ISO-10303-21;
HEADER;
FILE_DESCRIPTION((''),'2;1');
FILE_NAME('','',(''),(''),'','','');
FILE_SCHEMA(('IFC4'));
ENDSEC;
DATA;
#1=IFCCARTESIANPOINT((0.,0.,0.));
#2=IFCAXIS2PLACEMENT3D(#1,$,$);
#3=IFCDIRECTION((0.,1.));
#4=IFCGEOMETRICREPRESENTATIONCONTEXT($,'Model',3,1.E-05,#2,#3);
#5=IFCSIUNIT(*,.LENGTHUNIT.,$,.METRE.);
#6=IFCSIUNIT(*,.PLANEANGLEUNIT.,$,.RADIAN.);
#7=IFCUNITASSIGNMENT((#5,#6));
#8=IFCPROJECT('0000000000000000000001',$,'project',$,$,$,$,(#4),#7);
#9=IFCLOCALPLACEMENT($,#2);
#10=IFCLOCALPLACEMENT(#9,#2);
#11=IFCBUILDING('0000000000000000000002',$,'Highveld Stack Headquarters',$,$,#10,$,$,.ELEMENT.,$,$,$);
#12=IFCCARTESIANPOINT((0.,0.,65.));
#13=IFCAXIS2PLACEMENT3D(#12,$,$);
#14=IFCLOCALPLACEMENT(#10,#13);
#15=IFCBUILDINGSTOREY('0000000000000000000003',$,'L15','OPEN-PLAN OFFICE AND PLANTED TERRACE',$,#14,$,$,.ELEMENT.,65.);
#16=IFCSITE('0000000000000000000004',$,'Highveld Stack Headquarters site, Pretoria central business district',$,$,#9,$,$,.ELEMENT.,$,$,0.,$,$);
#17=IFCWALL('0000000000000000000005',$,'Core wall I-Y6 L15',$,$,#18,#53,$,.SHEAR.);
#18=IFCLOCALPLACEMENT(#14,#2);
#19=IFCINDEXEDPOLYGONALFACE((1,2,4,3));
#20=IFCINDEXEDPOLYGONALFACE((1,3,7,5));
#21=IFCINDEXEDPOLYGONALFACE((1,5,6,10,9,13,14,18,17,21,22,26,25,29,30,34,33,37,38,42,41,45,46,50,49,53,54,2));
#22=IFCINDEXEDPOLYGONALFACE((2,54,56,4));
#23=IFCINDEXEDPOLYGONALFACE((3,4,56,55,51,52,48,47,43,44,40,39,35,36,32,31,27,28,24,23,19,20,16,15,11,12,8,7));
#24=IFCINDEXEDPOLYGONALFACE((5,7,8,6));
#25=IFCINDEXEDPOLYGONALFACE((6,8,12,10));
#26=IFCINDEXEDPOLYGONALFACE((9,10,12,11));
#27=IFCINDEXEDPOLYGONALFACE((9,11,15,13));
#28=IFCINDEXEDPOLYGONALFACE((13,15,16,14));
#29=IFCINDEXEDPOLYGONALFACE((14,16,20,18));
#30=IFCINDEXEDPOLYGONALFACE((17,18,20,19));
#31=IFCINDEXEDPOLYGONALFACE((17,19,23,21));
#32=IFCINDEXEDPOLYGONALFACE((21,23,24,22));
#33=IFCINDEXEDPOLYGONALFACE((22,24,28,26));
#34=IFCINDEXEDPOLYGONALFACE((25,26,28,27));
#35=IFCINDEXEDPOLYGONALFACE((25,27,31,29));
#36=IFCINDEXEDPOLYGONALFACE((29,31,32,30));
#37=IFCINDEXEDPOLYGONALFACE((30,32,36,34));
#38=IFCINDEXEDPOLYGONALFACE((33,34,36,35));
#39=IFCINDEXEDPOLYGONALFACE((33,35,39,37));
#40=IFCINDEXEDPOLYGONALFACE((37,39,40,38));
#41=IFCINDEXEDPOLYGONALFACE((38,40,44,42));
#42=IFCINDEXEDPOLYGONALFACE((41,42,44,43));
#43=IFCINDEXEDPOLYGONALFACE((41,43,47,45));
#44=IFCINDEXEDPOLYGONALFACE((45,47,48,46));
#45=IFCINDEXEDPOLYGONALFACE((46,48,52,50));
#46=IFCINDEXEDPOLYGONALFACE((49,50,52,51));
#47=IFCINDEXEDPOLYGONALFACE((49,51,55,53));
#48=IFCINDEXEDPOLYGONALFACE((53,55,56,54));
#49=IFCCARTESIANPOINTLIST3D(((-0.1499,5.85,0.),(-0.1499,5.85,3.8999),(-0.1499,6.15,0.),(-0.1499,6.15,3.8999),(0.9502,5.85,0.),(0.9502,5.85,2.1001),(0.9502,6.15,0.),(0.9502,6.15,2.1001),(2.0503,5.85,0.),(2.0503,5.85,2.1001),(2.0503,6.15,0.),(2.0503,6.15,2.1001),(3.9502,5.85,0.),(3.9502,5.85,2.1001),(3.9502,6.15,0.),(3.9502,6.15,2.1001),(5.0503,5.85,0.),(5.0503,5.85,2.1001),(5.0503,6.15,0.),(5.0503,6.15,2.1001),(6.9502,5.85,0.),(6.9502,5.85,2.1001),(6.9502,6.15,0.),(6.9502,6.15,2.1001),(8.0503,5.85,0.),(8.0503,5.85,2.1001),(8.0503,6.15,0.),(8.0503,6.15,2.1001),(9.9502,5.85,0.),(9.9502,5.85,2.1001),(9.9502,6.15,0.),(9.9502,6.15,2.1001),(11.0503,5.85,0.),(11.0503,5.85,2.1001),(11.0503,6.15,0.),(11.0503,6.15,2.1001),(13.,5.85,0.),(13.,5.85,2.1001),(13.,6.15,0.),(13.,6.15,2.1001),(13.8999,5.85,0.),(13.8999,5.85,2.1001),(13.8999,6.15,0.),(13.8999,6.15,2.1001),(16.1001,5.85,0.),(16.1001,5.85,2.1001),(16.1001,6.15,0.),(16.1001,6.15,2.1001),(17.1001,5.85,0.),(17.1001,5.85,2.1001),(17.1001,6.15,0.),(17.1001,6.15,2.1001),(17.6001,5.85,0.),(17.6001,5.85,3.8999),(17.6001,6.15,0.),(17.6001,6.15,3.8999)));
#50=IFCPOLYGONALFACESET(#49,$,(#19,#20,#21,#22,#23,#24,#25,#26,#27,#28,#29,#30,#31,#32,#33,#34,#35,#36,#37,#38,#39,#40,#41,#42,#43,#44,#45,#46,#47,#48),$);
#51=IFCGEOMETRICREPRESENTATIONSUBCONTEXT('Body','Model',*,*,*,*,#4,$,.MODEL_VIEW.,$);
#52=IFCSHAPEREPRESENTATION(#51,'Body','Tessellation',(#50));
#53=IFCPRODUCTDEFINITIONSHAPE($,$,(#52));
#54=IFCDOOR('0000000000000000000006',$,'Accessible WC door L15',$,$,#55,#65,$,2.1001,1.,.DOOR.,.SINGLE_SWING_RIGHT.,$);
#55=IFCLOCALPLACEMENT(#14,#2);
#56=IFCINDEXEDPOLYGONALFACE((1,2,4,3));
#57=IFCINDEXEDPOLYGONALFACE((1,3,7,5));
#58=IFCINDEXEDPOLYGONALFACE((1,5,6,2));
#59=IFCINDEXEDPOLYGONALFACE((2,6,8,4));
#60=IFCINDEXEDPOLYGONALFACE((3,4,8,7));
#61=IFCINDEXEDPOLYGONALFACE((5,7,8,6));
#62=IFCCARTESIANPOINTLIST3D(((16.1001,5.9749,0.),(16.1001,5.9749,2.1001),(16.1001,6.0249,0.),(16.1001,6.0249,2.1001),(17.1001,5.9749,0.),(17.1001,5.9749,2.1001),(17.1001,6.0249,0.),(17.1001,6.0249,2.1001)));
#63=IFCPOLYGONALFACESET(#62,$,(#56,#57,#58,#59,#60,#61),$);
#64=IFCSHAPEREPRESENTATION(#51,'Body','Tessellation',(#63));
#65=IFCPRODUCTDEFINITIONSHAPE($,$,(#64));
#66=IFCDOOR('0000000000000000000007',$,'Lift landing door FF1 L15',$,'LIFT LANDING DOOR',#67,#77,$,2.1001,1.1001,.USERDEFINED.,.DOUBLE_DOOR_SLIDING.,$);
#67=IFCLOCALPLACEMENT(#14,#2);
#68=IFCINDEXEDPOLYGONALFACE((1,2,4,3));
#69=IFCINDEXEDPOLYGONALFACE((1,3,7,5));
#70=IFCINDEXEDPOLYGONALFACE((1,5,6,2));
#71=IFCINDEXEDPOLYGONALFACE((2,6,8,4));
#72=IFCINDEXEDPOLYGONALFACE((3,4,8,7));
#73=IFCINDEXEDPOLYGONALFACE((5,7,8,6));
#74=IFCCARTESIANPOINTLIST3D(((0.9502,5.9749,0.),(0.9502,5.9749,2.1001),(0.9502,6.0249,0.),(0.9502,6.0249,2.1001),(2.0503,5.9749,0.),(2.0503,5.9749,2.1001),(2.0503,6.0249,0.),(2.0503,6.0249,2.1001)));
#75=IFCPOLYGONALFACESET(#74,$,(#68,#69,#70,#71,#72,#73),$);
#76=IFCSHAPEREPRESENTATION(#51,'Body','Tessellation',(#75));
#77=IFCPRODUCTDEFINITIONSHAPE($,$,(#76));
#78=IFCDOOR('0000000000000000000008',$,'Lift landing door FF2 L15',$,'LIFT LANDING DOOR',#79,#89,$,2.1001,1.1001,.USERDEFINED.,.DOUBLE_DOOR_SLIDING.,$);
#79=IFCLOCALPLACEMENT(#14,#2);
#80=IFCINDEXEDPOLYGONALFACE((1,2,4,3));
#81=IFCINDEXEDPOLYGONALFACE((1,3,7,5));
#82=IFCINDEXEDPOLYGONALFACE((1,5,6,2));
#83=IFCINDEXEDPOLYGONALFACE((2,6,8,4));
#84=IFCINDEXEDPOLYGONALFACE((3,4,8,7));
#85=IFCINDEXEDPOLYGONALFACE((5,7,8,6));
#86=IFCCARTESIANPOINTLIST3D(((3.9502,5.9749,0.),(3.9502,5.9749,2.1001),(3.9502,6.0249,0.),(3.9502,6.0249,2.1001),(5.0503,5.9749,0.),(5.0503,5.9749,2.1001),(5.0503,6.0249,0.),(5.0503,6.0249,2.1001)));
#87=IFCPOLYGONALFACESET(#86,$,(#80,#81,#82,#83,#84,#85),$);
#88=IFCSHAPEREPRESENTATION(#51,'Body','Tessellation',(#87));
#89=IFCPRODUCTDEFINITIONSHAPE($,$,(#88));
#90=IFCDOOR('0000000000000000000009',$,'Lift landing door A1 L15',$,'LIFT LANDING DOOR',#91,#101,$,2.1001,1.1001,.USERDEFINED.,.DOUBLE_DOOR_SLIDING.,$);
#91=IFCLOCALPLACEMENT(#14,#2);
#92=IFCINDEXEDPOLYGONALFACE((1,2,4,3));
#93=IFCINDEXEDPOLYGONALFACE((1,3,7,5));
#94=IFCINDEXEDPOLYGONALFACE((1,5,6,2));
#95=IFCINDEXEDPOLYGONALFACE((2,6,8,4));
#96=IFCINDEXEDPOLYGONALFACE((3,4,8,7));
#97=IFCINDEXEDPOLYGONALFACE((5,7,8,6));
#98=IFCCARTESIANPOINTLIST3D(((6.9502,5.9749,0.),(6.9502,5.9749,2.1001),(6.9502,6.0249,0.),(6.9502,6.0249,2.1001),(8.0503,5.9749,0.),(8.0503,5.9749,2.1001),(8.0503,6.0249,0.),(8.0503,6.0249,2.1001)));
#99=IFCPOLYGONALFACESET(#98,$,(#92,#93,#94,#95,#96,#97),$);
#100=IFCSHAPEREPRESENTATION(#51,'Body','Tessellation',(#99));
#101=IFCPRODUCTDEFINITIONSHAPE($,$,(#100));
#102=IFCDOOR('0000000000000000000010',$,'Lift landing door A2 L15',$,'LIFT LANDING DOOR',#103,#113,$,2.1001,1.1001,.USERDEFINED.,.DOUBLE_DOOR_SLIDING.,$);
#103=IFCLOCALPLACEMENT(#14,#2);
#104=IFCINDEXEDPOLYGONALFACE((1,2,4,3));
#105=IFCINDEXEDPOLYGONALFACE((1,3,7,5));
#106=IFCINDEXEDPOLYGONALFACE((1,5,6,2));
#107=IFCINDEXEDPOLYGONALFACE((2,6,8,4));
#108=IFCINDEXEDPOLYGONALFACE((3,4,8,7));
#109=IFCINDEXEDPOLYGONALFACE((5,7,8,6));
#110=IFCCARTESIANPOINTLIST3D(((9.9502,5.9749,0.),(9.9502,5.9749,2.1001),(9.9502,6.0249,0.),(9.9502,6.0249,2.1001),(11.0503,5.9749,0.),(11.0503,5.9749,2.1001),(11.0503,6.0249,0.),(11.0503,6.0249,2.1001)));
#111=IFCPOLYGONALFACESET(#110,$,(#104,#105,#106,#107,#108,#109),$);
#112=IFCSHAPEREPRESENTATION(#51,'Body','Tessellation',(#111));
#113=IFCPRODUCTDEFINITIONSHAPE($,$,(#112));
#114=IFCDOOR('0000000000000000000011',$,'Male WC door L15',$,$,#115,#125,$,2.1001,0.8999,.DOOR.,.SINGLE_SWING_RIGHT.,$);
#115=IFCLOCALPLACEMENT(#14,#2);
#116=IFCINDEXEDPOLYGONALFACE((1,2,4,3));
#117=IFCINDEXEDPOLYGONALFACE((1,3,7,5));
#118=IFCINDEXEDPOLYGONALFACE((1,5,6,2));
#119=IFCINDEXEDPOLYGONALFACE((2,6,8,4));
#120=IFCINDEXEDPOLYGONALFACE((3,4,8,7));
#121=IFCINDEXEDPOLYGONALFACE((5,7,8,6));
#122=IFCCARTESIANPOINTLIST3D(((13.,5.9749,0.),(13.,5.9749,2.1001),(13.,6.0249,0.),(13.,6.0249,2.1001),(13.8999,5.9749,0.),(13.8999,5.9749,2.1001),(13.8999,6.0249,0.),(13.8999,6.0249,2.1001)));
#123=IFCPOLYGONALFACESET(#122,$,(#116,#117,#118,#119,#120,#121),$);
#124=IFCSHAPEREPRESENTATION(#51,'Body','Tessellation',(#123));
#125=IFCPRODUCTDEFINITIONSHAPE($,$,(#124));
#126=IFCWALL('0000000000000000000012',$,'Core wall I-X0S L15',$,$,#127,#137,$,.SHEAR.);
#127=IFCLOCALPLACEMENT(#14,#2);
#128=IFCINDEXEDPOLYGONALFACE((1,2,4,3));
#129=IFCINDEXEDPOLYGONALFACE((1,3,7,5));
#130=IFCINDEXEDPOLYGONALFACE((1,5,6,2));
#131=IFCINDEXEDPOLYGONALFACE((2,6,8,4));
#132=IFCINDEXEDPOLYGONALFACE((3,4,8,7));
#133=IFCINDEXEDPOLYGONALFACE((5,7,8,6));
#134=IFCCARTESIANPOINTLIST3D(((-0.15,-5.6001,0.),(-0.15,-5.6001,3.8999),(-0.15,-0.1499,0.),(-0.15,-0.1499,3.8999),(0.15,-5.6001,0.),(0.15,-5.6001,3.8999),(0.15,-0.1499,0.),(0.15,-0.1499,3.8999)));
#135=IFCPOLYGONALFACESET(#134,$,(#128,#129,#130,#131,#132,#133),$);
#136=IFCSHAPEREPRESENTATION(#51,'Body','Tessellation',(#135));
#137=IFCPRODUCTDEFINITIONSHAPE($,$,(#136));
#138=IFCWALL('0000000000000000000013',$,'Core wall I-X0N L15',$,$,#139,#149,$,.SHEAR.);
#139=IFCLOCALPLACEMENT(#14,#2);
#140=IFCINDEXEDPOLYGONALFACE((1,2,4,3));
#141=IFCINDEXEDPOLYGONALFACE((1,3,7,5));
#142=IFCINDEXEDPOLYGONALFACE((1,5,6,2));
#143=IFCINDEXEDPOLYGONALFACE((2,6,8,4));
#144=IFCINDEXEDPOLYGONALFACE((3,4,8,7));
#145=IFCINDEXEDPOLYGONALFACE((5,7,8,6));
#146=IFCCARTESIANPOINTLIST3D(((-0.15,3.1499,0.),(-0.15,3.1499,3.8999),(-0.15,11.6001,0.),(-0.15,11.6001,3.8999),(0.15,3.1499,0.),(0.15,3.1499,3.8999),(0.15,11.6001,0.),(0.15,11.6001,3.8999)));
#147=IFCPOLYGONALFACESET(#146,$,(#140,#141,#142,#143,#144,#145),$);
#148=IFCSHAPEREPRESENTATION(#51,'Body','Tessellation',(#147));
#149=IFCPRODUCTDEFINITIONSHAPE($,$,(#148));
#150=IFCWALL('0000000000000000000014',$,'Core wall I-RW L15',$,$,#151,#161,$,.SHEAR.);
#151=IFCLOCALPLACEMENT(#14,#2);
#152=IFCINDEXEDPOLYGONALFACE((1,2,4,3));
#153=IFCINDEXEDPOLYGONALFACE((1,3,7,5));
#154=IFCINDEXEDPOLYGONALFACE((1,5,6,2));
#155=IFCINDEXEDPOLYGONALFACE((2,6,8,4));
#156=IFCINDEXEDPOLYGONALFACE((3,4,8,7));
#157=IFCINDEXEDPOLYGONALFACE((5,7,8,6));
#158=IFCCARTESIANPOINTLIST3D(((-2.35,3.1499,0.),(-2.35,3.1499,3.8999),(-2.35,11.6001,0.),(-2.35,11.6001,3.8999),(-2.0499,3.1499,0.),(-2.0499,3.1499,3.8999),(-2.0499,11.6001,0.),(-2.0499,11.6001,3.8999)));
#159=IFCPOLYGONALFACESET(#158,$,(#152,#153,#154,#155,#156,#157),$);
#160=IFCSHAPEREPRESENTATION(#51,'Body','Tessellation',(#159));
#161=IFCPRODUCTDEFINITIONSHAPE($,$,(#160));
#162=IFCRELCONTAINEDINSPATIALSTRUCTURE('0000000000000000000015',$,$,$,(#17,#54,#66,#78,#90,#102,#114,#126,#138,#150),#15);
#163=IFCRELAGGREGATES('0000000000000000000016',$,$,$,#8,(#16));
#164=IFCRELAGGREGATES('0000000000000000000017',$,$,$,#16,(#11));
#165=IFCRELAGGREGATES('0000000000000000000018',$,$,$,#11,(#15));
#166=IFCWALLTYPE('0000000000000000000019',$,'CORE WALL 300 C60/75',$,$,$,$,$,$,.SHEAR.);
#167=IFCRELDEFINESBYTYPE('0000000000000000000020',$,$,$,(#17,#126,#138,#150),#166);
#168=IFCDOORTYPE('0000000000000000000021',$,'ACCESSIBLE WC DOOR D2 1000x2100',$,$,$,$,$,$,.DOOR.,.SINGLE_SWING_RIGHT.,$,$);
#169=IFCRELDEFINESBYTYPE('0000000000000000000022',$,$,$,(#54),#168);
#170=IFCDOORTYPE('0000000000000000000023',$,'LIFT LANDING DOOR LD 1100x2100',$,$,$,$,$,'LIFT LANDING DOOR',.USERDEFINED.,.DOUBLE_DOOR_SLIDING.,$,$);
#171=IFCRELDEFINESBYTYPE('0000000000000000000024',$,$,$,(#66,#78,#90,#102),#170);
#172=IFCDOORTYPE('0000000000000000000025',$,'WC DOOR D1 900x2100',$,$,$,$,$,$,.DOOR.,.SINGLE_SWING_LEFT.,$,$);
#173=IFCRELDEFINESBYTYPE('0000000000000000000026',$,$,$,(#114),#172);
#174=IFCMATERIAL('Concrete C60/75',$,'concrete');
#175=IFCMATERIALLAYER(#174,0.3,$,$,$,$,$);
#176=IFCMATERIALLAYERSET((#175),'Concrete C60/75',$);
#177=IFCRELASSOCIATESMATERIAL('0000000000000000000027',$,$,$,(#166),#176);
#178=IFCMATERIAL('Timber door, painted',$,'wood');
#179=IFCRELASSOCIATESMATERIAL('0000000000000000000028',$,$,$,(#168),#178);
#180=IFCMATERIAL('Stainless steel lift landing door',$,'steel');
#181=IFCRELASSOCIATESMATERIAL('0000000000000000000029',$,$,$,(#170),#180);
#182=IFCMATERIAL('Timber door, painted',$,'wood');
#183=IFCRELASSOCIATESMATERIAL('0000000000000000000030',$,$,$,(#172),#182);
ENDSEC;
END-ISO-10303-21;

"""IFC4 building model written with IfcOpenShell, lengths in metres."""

from ifc_helpers import new_model, si_unit, direction, frame, frame_2d, origin, place, context, subcontext, project, spatial, rectangle, extrude, material, layer, layer_set, type_object, element, fill, save


model = new_model("IFC4")

# Units and contexts
model_context = context("Model", 3, precision=1e-05, world=origin(), true_north=direction((0.0, 1.0)))
body_context = subcontext(model_context, "Body", "Model", "MODEL_VIEW")
ifc_project = project(units=[si_unit("LENGTHUNIT", "METRE"), si_unit("PLANEANGLEUNIT", "RADIAN")], contexts=[model_context])

# Site, building, storey
site_placement = place(None, origin())
site = spatial("IfcSite", under=ifc_project, at=site_placement, Name="Highveld Stack Headquarters site, Pretoria central business district", CompositionType="ELEMENT", RefElevation=0.0)
building_placement = place(site_placement, origin())
building = spatial("IfcBuilding", under=site, at=building_placement, Name="Highveld Stack Headquarters", CompositionType="ELEMENT")
storey_placement = place(building_placement, frame((0.0, 0.0, 65.0)))
storey = spatial("IfcBuildingStorey", under=building, at=storey_placement, Name="L15", Description="OPEN-PLAN OFFICE AND PLANTED TERRACE", CompositionType="ELEMENT", Elevation=65.0)

# Wall, openings, doors
ifc_material_1 = material(Name="Concrete C60/75", Category="concrete")
ifc_layer_1 = layer(ifc_material_1, 0.3)
ifc_layer_set_1 = layer_set([ifc_layer_1], Name="Concrete C60/75")
wall_type_1 = type_object("IfcWallType", Name="CORE WALL 300 C60/75", PredefinedType="SHEAR", material=ifc_layer_set_1)
wall_1_placement = place(storey_placement, frame((-0.1499, 6.0, 0.0), z_axis=(0.0, 0.0, 1.0), x_axis=(1.0, 0.0, 0.0)))
wall_1 = element("IfcWall", 1, at=wall_1_placement, inside=storey, type_object=wall_type_1, Name="Core wall I-Y6 L15", PredefinedType="SHEAR", context=body_context, shape_type="SweptSolid", body=[
    extrude(rectangle(XDim=17.75, YDim=0.3, at=frame_2d((8.875, 0.0))), origin(), (0.0, 0.0, 1.0), 3.8999),
])
opening_1_placement = place(wall_1_placement, frame((13.1499, 0.0, 0.0)))
opening_1 = element("IfcOpeningElement", 2, at=opening_1_placement, cuts=wall_1, PredefinedType="OPENING", context=body_context, shape_type="SweptSolid", body=[
    extrude(rectangle(XDim=0.8999, YDim=2.1001, at=frame_2d((0.45, 1.05))), frame((0.0, 0.1599, 0.0), z_axis=(0.0, -1.0, 0.0), x_axis=(1.0, 0.0, 0.0)), (0.0, 0.0, 1.0), 0.3201),
])
opening_2_placement = place(wall_1_placement, frame((16.25, 0.0, 0.0)))
opening_2 = element("IfcOpeningElement", 3, at=opening_2_placement, cuts=wall_1, PredefinedType="OPENING", context=body_context, shape_type="SweptSolid", body=[
    extrude(rectangle(XDim=1.0, YDim=2.1001, at=frame_2d((0.5, 1.05))), frame((0.0, 0.1599, 0.0), z_axis=(0.0, -1.0, 0.0), x_axis=(1.0, 0.0, 0.0)), (0.0, 0.0, 1.0), 0.3201),
])
opening_3_placement = place(wall_1_placement, frame((1.1001, 0.0, 0.0)))
opening_3 = element("IfcOpeningElement", 4, at=opening_3_placement, cuts=wall_1, PredefinedType="OPENING", context=body_context, shape_type="SweptSolid", body=[
    extrude(rectangle(XDim=1.1001, YDim=2.1001, at=frame_2d((0.55, 1.05))), frame((0.0, 0.1599, 0.0), z_axis=(0.0, -1.0, 0.0), x_axis=(1.0, 0.0, 0.0)), (0.0, 0.0, 1.0), 0.3201),
])
opening_4_placement = place(wall_1_placement, frame((4.1001, 0.0, 0.0)))
opening_4 = element("IfcOpeningElement", 5, at=opening_4_placement, cuts=wall_1, PredefinedType="OPENING", context=body_context, shape_type="SweptSolid", body=[
    extrude(rectangle(XDim=1.1001, YDim=2.1001, at=frame_2d((0.55, 1.05))), frame((0.0, 0.1599, 0.0), z_axis=(0.0, -1.0, 0.0), x_axis=(1.0, 0.0, 0.0)), (0.0, 0.0, 1.0), 0.3201),
])
opening_5_placement = place(wall_1_placement, frame((7.1001, 0.0, 0.0)))
opening_5 = element("IfcOpeningElement", 6, at=opening_5_placement, cuts=wall_1, PredefinedType="OPENING", context=body_context, shape_type="SweptSolid", body=[
    extrude(rectangle(XDim=1.1001, YDim=2.1001, at=frame_2d((0.55, 1.05))), frame((0.0, 0.1599, 0.0), z_axis=(0.0, -1.0, 0.0), x_axis=(1.0, 0.0, 0.0)), (0.0, 0.0, 1.0), 0.3201),
])
opening_6_placement = place(wall_1_placement, frame((10.1001, 0.0, 0.0)))
opening_6 = element("IfcOpeningElement", 7, at=opening_6_placement, cuts=wall_1, PredefinedType="OPENING", context=body_context, shape_type="SweptSolid", body=[
    extrude(rectangle(XDim=1.1001, YDim=2.1001, at=frame_2d((0.55, 1.05))), frame((0.0, 0.1599, 0.0), z_axis=(0.0, -1.0, 0.0), x_axis=(1.0, 0.0, 0.0)), (0.0, 0.0, 1.0), 0.3201),
])
ifc_material_2 = material(Name="Timber door, painted", Category="wood")
door_type_1 = type_object("IfcDoorType", Name="ACCESSIBLE WC DOOR D2 1000x2100", OperationType="SINGLE_SWING_RIGHT", PredefinedType="DOOR", material=ifc_material_2)
door_1_placement = place(opening_2_placement, origin())
door_1 = element("IfcDoor", 8, at=door_1_placement, inside=storey, type_object=door_type_1, Name="Accessible WC door L15", OperationType="SINGLE_SWING_RIGHT", OverallHeight=2.1001, OverallWidth=1.0, PredefinedType="DOOR", context=body_context, shape_type="SweptSolid", body=[
    extrude(rectangle(XDim=1.0, YDim=2.1001, at=frame_2d((0.5, 1.05))), frame((0.0, 0.0249, 0.0), z_axis=(0.0, -1.0, 0.0), x_axis=(1.0, 0.0, 0.0)), (0.0, 0.0, 1.0), 0.05),
])
fill(opening_2, door_1)
ifc_material_3 = material(Name="Stainless steel lift landing door", Category="steel")
door_type_2 = type_object("IfcDoorType", Name="LIFT LANDING DOOR LD 1100x2100", ElementType="LIFT LANDING DOOR", OperationType="DOUBLE_DOOR_SLIDING", PredefinedType="USERDEFINED", material=ifc_material_3)
door_2_placement = place(opening_3_placement, origin())
door_2 = element("IfcDoor", 9, at=door_2_placement, inside=storey, type_object=door_type_2, Name="Lift landing door FF1 L15", ObjectType="LIFT LANDING DOOR", OperationType="DOUBLE_DOOR_SLIDING", OverallHeight=2.1001, OverallWidth=1.1001, PredefinedType="USERDEFINED", context=body_context, shape_type="SweptSolid", body=[
    extrude(rectangle(XDim=1.1001, YDim=2.1001, at=frame_2d((0.55, 1.05))), frame((0.0, 0.0249, 0.0), z_axis=(0.0, -1.0, 0.0), x_axis=(1.0, 0.0, 0.0)), (0.0, 0.0, 1.0), 0.05),
])
fill(opening_3, door_2)
door_3_placement = place(opening_4_placement, origin())
door_3 = element("IfcDoor", 10, at=door_3_placement, inside=storey, type_object=door_type_2, Name="Lift landing door FF2 L15", ObjectType="LIFT LANDING DOOR", OperationType="DOUBLE_DOOR_SLIDING", OverallHeight=2.1001, OverallWidth=1.1001, PredefinedType="USERDEFINED", context=body_context, shape_type="SweptSolid", body=[
    extrude(rectangle(XDim=1.1001, YDim=2.1001, at=frame_2d((0.55, 1.05))), frame((0.0, 0.0249, 0.0), z_axis=(0.0, -1.0, 0.0), x_axis=(1.0, 0.0, 0.0)), (0.0, 0.0, 1.0), 0.05),
])
fill(opening_4, door_3)
door_4_placement = place(opening_5_placement, origin())
door_4 = element("IfcDoor", 11, at=door_4_placement, inside=storey, type_object=door_type_2, Name="Lift landing door A1 L15", ObjectType="LIFT LANDING DOOR", OperationType="DOUBLE_DOOR_SLIDING", OverallHeight=2.1001, OverallWidth=1.1001, PredefinedType="USERDEFINED", context=body_context, shape_type="SweptSolid", body=[
    extrude(rectangle(XDim=1.1001, YDim=2.1001, at=frame_2d((0.55, 1.05))), frame((0.0, 0.0249, 0.0), z_axis=(0.0, -1.0, 0.0), x_axis=(1.0, 0.0, 0.0)), (0.0, 0.0, 1.0), 0.05),
])
fill(opening_5, door_4)
door_5_placement = place(opening_6_placement, origin())
door_5 = element("IfcDoor", 12, at=door_5_placement, inside=storey, type_object=door_type_2, Name="Lift landing door A2 L15", ObjectType="LIFT LANDING DOOR", OperationType="DOUBLE_DOOR_SLIDING", OverallHeight=2.1001, OverallWidth=1.1001, PredefinedType="USERDEFINED", context=body_context, shape_type="SweptSolid", body=[
    extrude(rectangle(XDim=1.1001, YDim=2.1001, at=frame_2d((0.55, 1.05))), frame((0.0, 0.0249, 0.0), z_axis=(0.0, -1.0, 0.0), x_axis=(1.0, 0.0, 0.0)), (0.0, 0.0, 1.0), 0.05),
])
fill(opening_6, door_5)
ifc_material_4 = material(Name="Timber door, painted", Category="wood")
door_type_3 = type_object("IfcDoorType", Name="WC DOOR D1 900x2100", OperationType="SINGLE_SWING_LEFT", PredefinedType="DOOR", material=ifc_material_4)
door_6_placement = place(opening_1_placement, origin())
door_6 = element("IfcDoor", 13, at=door_6_placement, inside=storey, type_object=door_type_3, Name="Male WC door L15", OperationType="SINGLE_SWING_RIGHT", OverallHeight=2.1001, OverallWidth=0.8999, PredefinedType="DOOR", context=body_context, shape_type="SweptSolid", body=[
    extrude(rectangle(XDim=0.8999, YDim=2.1001, at=frame_2d((0.45, 1.05))), frame((0.0, 0.0249, 0.0), z_axis=(0.0, -1.0, 0.0), x_axis=(1.0, 0.0, 0.0)), (0.0, 0.0, 1.0), 0.05),
])
fill(opening_1, door_6)

# Walls
wall_2_placement = place(storey_placement, frame((0.0, -5.6001, 0.0), z_axis=(0.0, 0.0, 1.0), x_axis=(0.0, 1.0, 0.0)))
element("IfcWall", 14, at=wall_2_placement, inside=storey, type_object=wall_type_1, Name="Core wall I-X0S L15", PredefinedType="SHEAR", context=body_context, shape_type="SweptSolid", body=[
    extrude(rectangle(XDim=5.4502, YDim=0.3, at=frame_2d((2.7251, 0.0))), origin(), (0.0, 0.0, 1.0), 3.8999),
])
for number, where, z_axis, x_axis, name in (
    (15, (0.0, 3.1499, 0.0), (0.0, 0.0, 1.0), (0.0, 1.0, 0.0), "Core wall I-X0N L15"),
    (16, (-2.2, 3.1499, 0.0), (0.0, 0.0, 1.0), (0.0, 1.0, 0.0), "Core wall I-RW L15"),
):
    element("IfcWall", number, at=place(storey_placement, frame(where, z_axis=z_axis, x_axis=x_axis)), inside=storey, type_object=wall_type_1, Name=name, PredefinedType="SHEAR", context=body_context, shape_type="SweptSolid", body=[
        extrude(rectangle(XDim=8.4502, YDim=0.3, at=frame_2d((4.2251, 0.0))), origin(), (0.0, 0.0, 1.0), 3.8999),
    ])

save(model, "model.ifc")
